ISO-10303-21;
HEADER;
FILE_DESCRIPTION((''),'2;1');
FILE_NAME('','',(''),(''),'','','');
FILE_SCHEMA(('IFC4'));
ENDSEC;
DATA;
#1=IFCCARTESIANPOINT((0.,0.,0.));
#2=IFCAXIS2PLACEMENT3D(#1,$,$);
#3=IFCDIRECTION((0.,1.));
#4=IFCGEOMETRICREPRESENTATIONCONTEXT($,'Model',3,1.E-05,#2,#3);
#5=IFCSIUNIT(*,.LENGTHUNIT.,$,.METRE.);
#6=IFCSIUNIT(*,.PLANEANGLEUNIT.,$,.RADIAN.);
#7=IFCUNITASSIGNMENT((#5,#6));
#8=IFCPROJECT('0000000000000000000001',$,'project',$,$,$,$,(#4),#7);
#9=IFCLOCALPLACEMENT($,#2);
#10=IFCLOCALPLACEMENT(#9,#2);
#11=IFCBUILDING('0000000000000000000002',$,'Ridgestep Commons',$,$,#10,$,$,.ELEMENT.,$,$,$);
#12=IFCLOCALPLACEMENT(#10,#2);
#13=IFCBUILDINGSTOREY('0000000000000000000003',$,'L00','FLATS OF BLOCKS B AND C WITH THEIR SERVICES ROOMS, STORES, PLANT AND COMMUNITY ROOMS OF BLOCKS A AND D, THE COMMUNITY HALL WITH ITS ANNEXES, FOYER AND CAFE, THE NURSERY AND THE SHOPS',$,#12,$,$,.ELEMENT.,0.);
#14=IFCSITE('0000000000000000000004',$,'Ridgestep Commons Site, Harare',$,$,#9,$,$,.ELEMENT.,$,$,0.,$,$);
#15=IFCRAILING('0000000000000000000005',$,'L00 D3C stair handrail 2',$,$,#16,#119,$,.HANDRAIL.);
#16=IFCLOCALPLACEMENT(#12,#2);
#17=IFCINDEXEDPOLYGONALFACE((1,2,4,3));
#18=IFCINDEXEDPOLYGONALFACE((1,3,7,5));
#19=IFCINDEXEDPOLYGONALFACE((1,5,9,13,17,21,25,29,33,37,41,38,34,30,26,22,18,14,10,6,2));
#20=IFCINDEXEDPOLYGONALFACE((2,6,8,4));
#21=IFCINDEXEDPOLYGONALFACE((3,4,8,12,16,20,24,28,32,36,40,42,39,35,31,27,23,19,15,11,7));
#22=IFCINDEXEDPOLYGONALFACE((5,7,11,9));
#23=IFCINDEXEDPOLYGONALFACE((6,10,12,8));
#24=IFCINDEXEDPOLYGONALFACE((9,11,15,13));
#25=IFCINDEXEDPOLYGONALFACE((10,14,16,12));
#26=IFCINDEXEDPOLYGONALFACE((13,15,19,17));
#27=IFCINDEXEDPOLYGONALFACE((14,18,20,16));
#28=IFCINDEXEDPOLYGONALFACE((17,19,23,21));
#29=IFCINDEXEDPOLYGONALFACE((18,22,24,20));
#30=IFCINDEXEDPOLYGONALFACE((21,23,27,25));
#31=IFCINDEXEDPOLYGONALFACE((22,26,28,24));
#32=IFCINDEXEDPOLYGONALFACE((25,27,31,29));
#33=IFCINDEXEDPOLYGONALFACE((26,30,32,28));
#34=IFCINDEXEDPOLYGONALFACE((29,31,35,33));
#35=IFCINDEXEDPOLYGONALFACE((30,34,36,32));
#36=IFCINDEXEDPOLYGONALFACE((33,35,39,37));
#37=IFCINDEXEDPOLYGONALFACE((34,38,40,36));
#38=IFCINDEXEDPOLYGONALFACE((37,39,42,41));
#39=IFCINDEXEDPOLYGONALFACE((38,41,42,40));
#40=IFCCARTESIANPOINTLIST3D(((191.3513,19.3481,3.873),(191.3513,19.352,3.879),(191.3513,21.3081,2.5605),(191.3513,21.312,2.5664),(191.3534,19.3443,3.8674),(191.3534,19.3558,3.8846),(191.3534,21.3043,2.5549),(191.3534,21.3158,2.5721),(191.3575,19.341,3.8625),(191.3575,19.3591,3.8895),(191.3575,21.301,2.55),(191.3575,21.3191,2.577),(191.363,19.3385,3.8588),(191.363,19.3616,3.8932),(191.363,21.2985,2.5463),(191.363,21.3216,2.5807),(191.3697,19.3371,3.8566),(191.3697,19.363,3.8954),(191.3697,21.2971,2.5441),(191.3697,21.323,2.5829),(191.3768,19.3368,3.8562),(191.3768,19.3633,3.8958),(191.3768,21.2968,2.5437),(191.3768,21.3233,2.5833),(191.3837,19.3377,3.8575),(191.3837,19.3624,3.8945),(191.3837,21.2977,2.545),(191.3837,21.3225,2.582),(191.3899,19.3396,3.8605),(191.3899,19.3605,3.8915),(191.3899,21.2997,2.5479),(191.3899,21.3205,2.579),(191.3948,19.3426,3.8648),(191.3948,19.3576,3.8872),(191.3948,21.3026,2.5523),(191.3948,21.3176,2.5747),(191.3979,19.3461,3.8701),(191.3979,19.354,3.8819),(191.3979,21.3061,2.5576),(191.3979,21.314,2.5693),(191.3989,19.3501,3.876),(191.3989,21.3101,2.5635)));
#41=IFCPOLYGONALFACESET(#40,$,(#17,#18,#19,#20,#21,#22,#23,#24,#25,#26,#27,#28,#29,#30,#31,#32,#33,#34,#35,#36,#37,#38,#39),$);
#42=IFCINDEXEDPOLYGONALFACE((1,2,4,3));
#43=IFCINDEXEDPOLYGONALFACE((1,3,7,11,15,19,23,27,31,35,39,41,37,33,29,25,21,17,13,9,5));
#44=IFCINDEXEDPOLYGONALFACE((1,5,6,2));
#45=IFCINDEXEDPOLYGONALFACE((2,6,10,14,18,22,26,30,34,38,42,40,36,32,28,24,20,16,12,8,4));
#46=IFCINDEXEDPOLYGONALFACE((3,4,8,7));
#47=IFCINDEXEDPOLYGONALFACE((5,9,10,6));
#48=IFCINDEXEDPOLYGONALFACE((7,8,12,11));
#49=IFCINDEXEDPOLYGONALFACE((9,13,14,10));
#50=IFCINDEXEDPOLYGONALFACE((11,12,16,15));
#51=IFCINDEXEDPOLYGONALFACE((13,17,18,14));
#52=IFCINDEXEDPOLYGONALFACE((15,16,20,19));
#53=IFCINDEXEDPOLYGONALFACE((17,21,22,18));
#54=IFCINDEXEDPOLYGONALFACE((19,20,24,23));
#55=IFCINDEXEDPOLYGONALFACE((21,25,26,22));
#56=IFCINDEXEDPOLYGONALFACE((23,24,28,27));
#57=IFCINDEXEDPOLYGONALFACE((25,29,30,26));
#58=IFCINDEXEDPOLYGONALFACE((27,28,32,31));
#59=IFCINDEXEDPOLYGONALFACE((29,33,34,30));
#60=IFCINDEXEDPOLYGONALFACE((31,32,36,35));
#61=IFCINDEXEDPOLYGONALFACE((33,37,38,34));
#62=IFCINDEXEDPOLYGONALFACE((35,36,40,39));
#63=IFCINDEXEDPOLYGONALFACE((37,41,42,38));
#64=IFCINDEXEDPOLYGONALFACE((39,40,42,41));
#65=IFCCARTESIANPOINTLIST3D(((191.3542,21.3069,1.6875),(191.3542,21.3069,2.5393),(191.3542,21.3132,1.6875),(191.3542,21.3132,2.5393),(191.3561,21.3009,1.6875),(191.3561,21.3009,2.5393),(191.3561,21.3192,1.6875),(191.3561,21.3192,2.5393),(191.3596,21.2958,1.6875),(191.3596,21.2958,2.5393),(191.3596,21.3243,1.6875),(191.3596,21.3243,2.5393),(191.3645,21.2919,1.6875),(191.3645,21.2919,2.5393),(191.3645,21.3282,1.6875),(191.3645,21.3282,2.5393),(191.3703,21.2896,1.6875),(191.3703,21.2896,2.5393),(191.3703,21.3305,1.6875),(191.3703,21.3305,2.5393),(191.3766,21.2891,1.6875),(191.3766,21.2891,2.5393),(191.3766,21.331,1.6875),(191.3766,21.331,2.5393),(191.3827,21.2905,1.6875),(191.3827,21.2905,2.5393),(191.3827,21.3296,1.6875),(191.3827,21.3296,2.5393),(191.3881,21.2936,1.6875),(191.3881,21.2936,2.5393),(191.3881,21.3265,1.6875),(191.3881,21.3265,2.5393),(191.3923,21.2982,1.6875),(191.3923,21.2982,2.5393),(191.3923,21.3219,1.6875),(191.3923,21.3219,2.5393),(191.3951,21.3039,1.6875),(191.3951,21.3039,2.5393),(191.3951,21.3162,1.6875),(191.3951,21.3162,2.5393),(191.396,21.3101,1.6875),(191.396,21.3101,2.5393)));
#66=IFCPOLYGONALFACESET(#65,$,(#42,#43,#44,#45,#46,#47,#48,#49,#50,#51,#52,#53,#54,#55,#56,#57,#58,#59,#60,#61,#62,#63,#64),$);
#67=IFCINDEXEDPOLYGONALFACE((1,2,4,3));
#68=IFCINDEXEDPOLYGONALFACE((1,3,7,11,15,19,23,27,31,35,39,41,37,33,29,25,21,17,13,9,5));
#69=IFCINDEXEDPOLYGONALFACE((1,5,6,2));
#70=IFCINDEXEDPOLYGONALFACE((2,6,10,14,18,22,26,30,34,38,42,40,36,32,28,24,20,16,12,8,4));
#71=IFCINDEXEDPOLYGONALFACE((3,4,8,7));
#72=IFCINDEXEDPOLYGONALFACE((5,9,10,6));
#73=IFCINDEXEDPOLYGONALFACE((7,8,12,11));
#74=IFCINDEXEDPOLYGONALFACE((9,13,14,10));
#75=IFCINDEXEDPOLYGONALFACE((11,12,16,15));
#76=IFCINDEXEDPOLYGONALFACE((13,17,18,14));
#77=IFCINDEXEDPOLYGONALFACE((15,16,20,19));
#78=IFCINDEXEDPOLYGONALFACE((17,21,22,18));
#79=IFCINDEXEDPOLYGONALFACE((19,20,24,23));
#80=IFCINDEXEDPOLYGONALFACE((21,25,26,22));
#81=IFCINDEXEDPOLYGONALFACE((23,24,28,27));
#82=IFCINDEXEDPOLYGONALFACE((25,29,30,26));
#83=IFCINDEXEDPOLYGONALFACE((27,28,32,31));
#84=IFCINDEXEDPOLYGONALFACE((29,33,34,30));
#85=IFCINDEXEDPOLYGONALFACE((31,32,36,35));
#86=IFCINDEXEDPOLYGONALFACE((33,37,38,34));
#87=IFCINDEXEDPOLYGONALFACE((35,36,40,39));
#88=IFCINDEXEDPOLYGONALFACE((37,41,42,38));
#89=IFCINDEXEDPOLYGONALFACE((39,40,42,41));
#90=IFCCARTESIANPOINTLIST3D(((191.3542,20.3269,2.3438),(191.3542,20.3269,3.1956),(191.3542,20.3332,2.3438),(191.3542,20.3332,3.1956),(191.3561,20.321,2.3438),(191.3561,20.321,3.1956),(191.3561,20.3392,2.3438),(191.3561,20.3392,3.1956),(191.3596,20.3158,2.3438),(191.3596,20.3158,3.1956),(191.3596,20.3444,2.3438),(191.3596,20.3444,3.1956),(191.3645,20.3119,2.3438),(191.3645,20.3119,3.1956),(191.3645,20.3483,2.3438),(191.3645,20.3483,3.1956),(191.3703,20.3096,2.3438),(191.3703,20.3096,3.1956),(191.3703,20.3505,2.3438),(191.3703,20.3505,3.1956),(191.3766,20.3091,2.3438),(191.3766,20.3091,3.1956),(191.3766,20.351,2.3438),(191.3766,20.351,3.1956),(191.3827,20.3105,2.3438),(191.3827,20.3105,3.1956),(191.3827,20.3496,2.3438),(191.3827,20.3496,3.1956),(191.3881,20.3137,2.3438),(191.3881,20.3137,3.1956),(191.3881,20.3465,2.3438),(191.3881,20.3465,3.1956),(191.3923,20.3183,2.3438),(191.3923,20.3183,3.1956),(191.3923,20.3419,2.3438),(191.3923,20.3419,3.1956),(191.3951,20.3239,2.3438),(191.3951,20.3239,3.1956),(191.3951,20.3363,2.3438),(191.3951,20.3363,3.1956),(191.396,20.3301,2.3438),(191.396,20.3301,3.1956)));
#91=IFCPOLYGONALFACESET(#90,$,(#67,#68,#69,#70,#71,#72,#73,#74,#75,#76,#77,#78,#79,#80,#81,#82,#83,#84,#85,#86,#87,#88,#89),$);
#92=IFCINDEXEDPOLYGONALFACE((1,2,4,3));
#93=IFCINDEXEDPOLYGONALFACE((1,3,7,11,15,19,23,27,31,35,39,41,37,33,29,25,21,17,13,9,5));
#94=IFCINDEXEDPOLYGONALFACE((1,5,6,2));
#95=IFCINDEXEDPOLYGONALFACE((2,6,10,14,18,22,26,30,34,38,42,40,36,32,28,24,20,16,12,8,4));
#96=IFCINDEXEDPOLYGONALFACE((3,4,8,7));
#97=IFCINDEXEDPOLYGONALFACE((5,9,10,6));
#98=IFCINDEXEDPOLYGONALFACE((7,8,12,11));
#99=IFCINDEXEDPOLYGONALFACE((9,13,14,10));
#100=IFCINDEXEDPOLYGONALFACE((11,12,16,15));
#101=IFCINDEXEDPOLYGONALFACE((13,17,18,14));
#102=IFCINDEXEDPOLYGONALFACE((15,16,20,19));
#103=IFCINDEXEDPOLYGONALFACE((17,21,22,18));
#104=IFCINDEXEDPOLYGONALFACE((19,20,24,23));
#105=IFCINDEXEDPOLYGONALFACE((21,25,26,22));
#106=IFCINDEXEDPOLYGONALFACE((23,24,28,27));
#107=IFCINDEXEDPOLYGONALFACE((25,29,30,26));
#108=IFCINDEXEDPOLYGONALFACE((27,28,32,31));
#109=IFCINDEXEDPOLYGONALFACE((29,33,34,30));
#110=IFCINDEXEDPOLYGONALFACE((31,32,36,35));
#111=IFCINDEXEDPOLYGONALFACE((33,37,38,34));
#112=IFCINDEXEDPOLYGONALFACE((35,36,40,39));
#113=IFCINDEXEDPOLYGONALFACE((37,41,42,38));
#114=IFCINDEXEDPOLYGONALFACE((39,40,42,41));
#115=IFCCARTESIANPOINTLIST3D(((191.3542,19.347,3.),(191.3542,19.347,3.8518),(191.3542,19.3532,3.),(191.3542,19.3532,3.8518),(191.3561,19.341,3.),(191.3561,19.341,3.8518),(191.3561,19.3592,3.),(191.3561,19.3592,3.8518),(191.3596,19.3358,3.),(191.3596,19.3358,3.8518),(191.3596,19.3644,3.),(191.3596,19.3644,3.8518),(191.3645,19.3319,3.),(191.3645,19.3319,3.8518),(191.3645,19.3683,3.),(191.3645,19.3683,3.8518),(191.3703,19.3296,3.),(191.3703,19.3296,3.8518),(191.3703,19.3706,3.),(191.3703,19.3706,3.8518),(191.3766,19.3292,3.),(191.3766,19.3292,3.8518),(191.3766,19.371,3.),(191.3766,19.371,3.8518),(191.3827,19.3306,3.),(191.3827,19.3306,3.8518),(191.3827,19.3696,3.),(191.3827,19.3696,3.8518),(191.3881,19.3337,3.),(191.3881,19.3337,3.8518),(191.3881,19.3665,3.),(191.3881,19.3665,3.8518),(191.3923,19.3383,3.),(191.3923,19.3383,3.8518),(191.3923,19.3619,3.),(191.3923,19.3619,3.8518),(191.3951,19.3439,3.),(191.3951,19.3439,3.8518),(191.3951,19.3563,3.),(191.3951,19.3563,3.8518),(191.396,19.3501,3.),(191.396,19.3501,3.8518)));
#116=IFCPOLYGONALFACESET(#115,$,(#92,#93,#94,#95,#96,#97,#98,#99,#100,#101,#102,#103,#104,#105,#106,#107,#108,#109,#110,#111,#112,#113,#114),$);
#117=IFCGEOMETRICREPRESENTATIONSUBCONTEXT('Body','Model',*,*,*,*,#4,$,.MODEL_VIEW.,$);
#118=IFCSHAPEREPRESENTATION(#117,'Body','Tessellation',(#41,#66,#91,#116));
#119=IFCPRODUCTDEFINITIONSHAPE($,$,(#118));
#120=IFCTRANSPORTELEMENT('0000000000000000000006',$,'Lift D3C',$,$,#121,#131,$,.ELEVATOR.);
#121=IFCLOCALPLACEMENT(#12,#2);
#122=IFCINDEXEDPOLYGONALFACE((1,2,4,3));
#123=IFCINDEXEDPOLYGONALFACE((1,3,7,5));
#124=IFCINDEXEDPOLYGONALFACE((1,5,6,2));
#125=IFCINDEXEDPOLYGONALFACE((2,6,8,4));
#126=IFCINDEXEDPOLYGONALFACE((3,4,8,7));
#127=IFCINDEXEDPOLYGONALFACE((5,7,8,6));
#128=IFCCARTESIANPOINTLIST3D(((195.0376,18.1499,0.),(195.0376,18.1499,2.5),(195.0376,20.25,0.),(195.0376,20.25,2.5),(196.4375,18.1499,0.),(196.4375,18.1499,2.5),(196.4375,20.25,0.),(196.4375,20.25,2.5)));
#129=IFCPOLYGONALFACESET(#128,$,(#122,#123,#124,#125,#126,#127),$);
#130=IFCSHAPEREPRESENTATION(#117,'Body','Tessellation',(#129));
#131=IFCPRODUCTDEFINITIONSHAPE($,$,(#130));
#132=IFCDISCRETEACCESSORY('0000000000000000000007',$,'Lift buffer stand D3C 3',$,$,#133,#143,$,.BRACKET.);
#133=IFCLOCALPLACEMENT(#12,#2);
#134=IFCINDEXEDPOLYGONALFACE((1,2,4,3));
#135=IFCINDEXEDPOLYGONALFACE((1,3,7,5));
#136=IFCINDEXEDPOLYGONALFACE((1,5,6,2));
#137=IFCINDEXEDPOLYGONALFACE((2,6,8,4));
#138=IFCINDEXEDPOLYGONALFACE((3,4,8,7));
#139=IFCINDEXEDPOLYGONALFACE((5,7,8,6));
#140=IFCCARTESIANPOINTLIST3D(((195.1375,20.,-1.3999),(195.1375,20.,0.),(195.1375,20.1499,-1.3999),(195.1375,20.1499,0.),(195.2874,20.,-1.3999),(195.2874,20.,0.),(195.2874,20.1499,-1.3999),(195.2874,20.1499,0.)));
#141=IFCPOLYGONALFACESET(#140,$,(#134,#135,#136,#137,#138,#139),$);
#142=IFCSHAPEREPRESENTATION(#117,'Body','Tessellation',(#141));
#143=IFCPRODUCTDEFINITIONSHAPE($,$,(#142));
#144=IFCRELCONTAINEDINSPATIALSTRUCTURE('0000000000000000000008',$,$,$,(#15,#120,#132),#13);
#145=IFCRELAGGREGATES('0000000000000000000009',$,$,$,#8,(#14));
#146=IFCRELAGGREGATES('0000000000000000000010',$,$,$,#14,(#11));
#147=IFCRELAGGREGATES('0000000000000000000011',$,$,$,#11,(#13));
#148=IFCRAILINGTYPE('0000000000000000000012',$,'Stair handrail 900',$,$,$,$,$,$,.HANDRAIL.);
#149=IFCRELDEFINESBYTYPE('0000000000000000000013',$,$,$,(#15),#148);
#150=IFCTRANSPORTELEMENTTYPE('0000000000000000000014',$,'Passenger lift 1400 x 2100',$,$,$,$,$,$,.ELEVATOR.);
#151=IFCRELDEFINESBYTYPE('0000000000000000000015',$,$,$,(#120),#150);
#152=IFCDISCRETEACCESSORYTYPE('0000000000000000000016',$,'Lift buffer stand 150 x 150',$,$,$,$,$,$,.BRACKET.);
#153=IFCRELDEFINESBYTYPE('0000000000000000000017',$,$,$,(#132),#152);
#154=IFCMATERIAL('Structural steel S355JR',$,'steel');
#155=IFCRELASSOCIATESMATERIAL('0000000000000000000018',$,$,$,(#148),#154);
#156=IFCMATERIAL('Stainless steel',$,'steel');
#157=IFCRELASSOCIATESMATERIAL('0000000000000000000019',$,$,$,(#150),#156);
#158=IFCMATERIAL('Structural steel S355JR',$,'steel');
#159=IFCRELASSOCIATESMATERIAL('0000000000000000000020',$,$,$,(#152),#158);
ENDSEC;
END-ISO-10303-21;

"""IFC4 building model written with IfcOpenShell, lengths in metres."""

from ifc_helpers import new_model, si_unit, direction, frame, origin, origin_2d, place, context, subcontext, project, spatial, rectangle, circle, extrude, material, type_object, element, save


model = new_model("IFC4")

# Units and contexts
model_context = context("Model", 3, precision=1e-05, world=origin(), true_north=direction((0.0, 1.0)))
body_context = subcontext(model_context, "Body", "Model", "MODEL_VIEW")
ifc_project = project(units=[si_unit("LENGTHUNIT", "METRE"), si_unit("PLANEANGLEUNIT", "RADIAN")], contexts=[model_context])

# Site, building, storey
site_placement = place(None, origin())
site = spatial("IfcSite", under=ifc_project, at=site_placement, Name="Ridgestep Commons Site, Harare", CompositionType="ELEMENT", RefElevation=0.0)
building_placement = place(site_placement, origin())
building = spatial("IfcBuilding", under=site, at=building_placement, Name="Ridgestep Commons", CompositionType="ELEMENT")
storey_placement = place(building_placement, origin())
storey = spatial("IfcBuildingStorey", under=building, at=storey_placement, Name="L00", Description="FLATS OF BLOCKS B AND C WITH THEIR SERVICES ROOMS, STORES, PLANT AND COMMUNITY ROOMS OF BLOCKS A AND D, THE COMMUNITY HALL WITH ITS ANNEXES, FOYER AND CAFE, THE NURSERY AND THE SHOPS", CompositionType="ELEMENT", Elevation=0.0)

# Railing
ifc_material_1 = material(Name="Structural steel S355JR", Category="steel")
railing_type_1 = type_object("IfcRailingType", Name="Stair handrail 900", PredefinedType="HANDRAIL", material=ifc_material_1)
railing_1_placement = place(storey_placement, frame((191.375, 21.3101, 1.6875)))
element("IfcRailing", 1, at=railing_1_placement, inside=storey, type_object=railing_type_1, Name="L00 D3C stair handrail 2", PredefinedType="HANDRAIL", context=body_context, shape_type="SweptSolid", body=[
    extrude(circle(Radius=0.0239, at=origin_2d()), frame((0.0, 0.0, 0.876), z_axis=(0.0, -0.830902, 0.556419), x_axis=(1.0, 0.0, 0.0)), (0.0, 0.0, 1.0), 2.3589),
    extrude(circle(Radius=0.021, at=origin_2d()), origin(), (0.0, 0.0, 1.0), 0.8518),
    extrude(circle(Radius=0.021, at=origin_2d()), frame((0.0, -0.98, 0.6562)), (0.0, 0.0, 1.0), 0.8518),
    extrude(circle(Radius=0.021, at=origin_2d()), frame((0.0, -1.96, 1.3125)), (0.0, 0.0, 1.0), 0.8518),
])

# Transport element
ifc_material_2 = material(Name="Stainless steel", Category="steel")
transport_element_type = type_object("IfcTransportElementType", Name="Passenger lift 1400 x 2100", PredefinedType="ELEVATOR", material=ifc_material_2)
transport_element_placement = place(storey_placement, frame((195.7375, 19.2, 0.0), z_axis=(0.0, 0.0, 1.0), x_axis=(1.0, 0.0, 0.0)))
element("IfcTransportElement", 2, at=transport_element_placement, inside=storey, type_object=transport_element_type, Name="Lift D3C", PredefinedType="ELEVATOR", context=body_context, shape_type="SweptSolid", body=[
    extrude(rectangle(XDim=1.3999, YDim=2.1001, at=origin_2d()), origin(), (0.0, 0.0, 1.0), 2.5),
])

# Discrete accessory
ifc_material_3 = material(Name="Structural steel S355JR", Category="steel")
discrete_accessory_type = type_object("IfcDiscreteAccessoryType", Name="Lift buffer stand 150 x 150", PredefinedType="BRACKET", material=ifc_material_3)
discrete_accessory_placement = place(storey_placement, frame((195.2124, 20.075, -1.3999), z_axis=(0.0, 0.0, 1.0), x_axis=(1.0, 0.0, 0.0)))
element("IfcDiscreteAccessory", 3, at=discrete_accessory_placement, inside=storey, type_object=discrete_accessory_type, Name="Lift buffer stand D3C 3", PredefinedType="BRACKET", context=body_context, shape_type="SweptSolid", body=[
    extrude(rectangle(XDim=0.1499, YDim=0.1499, at=origin_2d()), origin(), (0.0, 0.0, 1.0), 1.3999),
])

save(model, "model.ifc")
